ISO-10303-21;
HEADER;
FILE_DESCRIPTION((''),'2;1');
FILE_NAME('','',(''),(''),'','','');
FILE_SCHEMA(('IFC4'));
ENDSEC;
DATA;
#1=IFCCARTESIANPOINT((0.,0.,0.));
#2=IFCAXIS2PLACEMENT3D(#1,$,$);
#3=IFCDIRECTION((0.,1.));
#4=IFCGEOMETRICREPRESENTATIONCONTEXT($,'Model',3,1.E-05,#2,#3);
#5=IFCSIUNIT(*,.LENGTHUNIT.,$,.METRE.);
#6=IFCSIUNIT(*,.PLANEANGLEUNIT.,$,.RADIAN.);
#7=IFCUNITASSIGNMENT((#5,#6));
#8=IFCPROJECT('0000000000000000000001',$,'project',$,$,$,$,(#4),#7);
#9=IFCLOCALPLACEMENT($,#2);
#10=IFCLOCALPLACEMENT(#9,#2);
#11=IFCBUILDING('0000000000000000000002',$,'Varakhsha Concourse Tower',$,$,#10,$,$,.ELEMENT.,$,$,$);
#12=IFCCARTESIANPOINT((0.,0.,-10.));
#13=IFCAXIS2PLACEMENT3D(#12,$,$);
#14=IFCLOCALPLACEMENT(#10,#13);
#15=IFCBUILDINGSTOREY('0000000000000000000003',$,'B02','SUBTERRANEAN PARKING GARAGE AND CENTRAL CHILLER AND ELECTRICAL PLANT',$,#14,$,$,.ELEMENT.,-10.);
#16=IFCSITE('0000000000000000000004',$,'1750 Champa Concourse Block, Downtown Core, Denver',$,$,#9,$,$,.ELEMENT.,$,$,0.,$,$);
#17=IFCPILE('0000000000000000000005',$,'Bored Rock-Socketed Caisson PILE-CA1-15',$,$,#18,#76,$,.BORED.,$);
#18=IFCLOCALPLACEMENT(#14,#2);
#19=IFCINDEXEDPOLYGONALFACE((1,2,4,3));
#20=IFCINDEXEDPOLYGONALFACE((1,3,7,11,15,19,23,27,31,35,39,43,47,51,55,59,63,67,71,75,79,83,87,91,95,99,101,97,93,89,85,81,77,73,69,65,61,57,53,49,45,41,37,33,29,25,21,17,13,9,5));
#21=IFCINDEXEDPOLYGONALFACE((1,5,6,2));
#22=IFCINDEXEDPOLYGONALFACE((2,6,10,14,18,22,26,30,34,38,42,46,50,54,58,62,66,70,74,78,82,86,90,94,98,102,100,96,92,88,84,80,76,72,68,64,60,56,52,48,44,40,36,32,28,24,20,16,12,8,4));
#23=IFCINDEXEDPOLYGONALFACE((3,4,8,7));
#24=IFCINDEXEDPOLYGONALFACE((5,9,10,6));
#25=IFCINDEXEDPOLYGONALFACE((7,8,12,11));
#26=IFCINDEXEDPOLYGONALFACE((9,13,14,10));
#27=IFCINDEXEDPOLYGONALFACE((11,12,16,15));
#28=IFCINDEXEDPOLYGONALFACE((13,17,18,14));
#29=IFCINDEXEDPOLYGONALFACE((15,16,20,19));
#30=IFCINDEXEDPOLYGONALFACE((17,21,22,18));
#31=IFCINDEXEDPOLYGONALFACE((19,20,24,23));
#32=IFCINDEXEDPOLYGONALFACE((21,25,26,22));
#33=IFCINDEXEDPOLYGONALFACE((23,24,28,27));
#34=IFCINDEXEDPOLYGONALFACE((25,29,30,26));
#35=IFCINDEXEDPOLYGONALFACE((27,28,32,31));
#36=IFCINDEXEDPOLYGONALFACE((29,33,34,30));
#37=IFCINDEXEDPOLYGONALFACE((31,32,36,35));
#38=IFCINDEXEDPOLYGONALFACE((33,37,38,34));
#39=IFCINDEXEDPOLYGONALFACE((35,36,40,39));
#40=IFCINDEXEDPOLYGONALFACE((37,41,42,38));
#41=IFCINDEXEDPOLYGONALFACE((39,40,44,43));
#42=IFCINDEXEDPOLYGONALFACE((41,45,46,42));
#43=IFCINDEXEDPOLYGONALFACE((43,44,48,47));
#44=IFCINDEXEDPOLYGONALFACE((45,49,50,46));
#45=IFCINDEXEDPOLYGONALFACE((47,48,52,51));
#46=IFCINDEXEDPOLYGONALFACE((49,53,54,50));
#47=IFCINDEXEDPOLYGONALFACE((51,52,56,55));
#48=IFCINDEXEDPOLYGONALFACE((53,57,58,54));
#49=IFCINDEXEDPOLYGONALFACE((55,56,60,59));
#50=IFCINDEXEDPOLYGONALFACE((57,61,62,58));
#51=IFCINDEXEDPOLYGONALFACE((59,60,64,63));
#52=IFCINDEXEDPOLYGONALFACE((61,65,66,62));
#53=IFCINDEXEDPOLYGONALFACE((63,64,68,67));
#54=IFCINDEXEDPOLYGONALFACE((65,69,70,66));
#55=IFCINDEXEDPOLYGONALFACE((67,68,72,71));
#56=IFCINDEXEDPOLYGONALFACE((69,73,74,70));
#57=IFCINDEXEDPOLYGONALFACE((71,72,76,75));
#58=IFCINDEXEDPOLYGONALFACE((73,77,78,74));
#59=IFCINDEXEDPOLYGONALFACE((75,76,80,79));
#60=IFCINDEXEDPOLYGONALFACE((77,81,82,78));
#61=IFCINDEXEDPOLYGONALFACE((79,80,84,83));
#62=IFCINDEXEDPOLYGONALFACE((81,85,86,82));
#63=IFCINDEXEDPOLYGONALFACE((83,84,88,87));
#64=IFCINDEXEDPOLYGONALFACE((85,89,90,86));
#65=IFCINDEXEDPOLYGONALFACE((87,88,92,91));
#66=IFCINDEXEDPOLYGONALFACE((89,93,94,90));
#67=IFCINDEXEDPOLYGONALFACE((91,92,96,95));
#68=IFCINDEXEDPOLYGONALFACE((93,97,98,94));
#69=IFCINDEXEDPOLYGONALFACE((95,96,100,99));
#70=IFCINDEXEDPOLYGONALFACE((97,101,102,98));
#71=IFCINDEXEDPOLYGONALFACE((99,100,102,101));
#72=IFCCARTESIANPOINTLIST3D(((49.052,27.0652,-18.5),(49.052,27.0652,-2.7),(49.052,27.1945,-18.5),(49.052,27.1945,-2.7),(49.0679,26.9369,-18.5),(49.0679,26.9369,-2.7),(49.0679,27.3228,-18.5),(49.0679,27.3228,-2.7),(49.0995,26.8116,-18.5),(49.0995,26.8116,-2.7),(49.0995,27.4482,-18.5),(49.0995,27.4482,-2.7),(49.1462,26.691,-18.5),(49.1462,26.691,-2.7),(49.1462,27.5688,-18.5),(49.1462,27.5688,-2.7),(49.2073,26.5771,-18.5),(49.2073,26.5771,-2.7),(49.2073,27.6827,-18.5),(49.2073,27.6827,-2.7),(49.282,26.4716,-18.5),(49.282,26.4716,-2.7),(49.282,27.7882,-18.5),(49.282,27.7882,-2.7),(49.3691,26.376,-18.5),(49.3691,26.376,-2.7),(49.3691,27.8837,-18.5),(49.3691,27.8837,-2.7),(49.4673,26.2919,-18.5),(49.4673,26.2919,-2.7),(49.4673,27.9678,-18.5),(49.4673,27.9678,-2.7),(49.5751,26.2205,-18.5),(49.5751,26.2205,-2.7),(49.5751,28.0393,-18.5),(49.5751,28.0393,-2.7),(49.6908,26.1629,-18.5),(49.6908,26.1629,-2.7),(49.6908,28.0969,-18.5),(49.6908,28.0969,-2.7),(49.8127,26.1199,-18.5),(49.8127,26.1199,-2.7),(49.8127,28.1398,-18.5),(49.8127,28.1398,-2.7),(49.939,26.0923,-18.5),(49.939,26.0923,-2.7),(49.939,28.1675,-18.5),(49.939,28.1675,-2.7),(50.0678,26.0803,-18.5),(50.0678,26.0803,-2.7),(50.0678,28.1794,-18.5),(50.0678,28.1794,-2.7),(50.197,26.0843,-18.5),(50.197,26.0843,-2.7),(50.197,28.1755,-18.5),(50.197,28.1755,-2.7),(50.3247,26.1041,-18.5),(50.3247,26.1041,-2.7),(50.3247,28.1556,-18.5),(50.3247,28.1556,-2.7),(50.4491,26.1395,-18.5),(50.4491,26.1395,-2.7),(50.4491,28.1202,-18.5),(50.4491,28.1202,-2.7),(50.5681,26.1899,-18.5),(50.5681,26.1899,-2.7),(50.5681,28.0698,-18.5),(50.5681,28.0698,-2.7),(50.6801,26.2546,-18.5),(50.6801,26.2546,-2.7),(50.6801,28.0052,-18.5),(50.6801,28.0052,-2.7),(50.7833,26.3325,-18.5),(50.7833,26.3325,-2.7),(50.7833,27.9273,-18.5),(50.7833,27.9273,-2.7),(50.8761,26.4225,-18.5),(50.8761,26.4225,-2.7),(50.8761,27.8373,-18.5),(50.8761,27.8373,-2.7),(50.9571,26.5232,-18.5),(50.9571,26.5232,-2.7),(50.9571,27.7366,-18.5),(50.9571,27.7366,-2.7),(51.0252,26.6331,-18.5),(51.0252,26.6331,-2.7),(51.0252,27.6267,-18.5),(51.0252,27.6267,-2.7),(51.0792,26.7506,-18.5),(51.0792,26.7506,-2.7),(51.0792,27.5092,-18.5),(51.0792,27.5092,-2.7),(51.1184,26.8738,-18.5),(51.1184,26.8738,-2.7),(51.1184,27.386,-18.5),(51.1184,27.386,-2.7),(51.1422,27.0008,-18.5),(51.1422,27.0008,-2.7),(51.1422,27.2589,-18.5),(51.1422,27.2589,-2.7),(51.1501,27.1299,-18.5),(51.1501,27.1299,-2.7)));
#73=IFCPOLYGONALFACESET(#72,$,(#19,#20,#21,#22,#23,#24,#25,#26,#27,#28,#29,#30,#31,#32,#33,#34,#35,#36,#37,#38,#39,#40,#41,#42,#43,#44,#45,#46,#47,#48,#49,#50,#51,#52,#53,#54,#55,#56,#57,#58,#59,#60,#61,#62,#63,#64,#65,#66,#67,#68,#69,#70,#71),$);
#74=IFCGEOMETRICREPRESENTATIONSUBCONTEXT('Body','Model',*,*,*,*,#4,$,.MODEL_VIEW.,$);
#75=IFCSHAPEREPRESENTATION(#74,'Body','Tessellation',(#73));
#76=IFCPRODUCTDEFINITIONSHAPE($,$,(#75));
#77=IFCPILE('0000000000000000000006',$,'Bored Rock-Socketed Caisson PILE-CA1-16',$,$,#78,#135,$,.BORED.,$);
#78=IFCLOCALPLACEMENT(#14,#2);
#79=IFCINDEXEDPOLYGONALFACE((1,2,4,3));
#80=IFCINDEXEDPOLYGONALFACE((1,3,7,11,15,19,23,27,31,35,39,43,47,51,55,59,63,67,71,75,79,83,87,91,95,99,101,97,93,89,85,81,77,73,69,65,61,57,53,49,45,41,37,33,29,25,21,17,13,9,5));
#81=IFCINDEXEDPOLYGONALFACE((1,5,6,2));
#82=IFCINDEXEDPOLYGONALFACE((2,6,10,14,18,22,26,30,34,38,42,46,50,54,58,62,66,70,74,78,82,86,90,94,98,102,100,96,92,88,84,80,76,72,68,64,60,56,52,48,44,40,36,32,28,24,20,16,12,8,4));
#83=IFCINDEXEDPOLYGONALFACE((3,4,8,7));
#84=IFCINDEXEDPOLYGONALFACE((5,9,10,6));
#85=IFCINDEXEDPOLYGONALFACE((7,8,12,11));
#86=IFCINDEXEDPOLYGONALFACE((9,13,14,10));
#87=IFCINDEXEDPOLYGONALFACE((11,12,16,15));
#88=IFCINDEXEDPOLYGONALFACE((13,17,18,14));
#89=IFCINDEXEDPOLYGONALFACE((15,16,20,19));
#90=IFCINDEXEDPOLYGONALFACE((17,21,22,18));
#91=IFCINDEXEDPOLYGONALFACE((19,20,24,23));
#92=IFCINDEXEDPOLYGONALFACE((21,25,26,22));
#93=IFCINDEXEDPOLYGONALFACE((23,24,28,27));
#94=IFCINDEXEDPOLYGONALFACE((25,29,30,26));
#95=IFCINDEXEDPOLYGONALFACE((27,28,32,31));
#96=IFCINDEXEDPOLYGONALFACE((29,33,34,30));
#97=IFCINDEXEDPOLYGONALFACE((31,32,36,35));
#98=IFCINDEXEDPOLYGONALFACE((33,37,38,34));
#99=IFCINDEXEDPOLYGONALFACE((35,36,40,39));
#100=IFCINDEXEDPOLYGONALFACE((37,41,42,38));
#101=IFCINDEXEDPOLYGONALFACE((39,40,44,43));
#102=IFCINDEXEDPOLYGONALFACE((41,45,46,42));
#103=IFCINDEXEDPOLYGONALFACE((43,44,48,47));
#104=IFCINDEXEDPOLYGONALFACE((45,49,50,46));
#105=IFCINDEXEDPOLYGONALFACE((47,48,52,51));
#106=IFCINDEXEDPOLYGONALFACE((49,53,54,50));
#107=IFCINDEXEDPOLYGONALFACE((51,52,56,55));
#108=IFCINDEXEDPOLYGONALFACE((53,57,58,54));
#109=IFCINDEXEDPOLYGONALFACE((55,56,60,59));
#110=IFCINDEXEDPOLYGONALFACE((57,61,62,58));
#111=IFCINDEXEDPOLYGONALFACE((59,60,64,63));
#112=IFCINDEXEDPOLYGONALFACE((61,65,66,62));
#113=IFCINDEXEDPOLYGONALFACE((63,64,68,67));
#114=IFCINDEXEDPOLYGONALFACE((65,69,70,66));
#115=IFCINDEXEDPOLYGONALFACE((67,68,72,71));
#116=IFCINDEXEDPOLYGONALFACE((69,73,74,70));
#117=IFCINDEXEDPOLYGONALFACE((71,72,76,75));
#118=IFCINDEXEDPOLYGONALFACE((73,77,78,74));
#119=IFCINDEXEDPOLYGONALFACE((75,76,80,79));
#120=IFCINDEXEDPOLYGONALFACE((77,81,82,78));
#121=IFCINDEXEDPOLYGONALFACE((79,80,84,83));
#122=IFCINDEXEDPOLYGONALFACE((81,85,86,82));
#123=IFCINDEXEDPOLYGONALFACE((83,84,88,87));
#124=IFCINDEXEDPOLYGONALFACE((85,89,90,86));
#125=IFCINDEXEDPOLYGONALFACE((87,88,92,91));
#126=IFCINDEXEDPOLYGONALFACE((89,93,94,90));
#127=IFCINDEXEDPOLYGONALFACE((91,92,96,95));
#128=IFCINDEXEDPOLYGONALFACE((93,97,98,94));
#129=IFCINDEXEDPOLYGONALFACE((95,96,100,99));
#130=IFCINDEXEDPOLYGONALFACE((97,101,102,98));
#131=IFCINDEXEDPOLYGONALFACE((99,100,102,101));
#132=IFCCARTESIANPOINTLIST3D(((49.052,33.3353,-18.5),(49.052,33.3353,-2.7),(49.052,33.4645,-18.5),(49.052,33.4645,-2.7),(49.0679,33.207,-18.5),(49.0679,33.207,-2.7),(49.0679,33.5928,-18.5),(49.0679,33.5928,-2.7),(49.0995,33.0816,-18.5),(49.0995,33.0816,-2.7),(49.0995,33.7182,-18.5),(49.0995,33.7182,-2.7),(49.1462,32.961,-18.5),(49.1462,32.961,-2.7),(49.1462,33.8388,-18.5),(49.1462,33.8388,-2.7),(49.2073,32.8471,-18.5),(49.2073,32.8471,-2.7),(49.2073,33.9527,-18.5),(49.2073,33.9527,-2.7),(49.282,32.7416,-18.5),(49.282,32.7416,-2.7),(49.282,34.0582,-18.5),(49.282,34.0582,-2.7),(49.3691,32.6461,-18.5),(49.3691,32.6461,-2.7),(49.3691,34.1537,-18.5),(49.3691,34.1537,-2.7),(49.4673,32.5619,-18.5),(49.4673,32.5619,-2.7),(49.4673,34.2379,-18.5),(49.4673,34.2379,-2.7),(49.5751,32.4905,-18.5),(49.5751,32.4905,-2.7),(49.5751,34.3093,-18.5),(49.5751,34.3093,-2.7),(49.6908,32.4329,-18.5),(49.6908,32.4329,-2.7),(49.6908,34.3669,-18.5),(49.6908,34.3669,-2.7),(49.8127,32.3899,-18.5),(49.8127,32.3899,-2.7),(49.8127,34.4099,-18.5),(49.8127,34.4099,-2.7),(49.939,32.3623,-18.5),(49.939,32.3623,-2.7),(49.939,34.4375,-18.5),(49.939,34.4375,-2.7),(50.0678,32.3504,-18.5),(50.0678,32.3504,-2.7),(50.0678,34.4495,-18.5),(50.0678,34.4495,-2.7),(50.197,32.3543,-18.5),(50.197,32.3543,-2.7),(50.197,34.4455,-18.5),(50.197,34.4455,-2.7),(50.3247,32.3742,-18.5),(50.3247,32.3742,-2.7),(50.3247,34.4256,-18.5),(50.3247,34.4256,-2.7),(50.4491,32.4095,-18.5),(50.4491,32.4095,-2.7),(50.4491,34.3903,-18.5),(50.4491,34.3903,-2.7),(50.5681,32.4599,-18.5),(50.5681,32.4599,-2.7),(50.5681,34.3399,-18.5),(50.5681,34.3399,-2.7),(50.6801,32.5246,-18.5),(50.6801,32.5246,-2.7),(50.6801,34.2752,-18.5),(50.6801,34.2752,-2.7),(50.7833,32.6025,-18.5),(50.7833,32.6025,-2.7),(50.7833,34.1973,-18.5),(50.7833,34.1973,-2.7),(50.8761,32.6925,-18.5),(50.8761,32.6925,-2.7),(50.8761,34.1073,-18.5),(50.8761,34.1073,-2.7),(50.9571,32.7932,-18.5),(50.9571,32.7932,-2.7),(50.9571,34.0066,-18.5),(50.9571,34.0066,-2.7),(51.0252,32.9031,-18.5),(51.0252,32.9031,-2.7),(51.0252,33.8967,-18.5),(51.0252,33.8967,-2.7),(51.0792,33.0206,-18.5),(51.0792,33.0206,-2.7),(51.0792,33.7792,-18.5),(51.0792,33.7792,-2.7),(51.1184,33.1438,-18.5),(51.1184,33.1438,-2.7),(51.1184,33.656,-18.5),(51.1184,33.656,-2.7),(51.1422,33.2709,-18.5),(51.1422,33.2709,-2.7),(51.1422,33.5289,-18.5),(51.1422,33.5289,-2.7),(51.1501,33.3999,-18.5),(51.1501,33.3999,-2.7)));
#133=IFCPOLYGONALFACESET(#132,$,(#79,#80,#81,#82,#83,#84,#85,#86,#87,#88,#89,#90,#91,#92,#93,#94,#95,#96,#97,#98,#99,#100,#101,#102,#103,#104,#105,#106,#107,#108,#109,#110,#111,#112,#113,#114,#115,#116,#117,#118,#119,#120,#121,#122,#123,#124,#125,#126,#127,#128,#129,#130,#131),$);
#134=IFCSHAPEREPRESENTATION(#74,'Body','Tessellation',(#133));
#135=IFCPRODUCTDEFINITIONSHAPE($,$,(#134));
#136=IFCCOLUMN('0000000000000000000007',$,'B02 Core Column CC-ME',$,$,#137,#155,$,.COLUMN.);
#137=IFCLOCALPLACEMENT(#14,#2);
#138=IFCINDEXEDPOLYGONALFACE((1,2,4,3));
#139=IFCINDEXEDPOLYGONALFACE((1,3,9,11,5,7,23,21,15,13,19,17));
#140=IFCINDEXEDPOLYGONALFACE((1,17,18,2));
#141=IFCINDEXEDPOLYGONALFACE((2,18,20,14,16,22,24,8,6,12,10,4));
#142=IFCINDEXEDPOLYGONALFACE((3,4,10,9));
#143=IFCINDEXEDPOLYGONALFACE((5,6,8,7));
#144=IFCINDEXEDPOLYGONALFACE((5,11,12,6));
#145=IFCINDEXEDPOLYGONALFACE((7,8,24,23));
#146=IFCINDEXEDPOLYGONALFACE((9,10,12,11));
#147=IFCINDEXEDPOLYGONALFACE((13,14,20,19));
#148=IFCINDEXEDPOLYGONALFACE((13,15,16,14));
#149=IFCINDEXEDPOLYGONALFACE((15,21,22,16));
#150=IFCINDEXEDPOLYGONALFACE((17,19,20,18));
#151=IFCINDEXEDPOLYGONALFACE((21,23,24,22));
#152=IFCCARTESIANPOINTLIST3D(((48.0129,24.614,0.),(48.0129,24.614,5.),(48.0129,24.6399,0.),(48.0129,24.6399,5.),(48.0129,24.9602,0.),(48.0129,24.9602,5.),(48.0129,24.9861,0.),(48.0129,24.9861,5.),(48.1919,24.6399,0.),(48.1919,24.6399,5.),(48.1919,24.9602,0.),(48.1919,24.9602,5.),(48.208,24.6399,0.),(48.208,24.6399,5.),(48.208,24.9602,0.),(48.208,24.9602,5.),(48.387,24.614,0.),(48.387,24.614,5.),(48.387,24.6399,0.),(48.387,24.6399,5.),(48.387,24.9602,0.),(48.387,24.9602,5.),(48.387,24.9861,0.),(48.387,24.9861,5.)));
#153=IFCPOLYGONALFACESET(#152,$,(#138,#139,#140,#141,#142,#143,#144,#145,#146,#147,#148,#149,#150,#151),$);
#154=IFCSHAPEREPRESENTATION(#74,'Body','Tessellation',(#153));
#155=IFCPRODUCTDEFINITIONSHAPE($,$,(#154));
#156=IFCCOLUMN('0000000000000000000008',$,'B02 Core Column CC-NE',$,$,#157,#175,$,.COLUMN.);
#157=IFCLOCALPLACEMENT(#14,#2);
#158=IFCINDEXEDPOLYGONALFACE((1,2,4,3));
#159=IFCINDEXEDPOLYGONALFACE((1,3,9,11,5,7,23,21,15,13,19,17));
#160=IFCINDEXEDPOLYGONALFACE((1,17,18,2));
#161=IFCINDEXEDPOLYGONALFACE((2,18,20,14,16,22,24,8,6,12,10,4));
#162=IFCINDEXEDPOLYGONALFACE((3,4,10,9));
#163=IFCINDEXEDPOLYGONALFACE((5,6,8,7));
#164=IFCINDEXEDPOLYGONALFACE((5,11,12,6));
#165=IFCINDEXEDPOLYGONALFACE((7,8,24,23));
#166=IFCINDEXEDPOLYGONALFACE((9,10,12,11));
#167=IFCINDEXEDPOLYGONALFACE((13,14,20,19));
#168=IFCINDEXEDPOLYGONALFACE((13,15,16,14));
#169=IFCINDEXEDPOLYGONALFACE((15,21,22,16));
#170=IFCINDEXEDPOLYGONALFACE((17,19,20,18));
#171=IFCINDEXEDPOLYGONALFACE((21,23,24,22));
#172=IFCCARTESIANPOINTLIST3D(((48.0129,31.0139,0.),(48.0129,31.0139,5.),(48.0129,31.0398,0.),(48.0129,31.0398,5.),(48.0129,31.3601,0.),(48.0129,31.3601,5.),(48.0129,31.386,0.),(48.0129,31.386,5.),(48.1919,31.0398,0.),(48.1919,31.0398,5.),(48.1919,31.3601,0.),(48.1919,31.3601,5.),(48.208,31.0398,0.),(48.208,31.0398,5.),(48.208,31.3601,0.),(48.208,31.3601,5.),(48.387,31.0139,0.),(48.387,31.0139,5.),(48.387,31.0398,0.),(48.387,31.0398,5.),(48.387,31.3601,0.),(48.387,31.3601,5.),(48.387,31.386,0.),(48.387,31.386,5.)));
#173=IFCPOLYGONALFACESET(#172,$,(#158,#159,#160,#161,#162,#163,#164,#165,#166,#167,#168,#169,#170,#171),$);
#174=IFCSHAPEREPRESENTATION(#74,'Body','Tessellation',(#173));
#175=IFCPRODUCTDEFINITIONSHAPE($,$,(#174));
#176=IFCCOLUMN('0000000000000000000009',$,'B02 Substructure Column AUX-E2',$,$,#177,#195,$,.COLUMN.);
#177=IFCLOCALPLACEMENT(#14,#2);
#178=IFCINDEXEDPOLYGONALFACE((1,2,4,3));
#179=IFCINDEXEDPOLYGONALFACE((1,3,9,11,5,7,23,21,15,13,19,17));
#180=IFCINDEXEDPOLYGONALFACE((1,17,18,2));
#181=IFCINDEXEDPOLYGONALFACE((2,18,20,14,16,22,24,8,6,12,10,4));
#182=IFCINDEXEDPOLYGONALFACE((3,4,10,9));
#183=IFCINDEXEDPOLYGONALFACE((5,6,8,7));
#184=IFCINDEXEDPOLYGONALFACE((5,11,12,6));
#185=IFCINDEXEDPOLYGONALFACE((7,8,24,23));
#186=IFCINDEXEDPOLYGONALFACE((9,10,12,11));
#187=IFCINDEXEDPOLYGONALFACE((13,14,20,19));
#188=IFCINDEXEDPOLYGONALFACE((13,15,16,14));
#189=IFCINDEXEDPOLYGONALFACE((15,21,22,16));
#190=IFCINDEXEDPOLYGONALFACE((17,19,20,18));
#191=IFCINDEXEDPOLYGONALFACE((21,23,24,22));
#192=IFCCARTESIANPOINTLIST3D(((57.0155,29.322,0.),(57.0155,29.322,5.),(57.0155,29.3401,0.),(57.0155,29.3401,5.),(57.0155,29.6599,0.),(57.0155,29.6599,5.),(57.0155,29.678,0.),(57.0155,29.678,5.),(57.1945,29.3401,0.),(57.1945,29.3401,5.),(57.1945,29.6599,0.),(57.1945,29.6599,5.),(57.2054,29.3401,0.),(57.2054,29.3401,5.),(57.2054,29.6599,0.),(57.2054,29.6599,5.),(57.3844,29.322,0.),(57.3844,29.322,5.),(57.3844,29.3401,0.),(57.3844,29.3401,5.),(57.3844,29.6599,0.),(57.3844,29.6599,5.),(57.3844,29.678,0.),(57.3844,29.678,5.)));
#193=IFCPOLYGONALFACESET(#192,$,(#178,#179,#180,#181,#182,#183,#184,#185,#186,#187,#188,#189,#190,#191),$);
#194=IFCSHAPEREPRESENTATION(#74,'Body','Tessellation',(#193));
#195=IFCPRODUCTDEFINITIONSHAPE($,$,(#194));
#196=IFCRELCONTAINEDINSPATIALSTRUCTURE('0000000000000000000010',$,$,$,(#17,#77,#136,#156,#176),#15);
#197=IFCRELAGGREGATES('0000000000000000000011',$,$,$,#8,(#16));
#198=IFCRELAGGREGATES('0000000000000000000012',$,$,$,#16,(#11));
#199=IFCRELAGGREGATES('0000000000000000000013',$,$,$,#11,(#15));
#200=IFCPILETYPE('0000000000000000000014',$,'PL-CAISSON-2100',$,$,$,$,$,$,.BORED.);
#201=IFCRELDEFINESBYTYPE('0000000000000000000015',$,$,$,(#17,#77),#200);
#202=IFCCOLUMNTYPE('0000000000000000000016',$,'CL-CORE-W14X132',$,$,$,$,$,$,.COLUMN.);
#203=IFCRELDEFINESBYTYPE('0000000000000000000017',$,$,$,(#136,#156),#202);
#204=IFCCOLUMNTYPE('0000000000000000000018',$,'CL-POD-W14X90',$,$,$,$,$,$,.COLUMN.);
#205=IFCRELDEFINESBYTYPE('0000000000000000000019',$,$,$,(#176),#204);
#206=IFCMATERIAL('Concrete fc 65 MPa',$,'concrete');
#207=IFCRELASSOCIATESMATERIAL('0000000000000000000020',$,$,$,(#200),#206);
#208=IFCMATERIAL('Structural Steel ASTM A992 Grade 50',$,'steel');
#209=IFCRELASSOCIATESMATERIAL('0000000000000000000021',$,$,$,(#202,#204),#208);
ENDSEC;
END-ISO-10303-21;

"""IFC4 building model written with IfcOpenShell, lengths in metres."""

from ifc_helpers import new_model, si_unit, direction, frame, origin, origin_2d, place, context, subcontext, project, spatial, circle, i_section, extrude, material, material_profile, profile_set, type_object, element, save


model = new_model("IFC4")

# Units and contexts
model_context = context("Model", 3, precision=1e-05, world=origin(), true_north=direction((0.0, 1.0)))
body_context = subcontext(model_context, "Body", "Model", "MODEL_VIEW")
ifc_project = project(units=[si_unit("LENGTHUNIT", "METRE"), si_unit("PLANEANGLEUNIT", "RADIAN")], contexts=[model_context])

# Site, building, storey
site_placement = place(None, origin())
site = spatial("IfcSite", under=ifc_project, at=site_placement, Name="1750 Champa Concourse Block, Downtown Core, Denver", CompositionType="ELEMENT", RefElevation=0.0)
building_placement = place(site_placement, origin())
building = spatial("IfcBuilding", under=site, at=building_placement, Name="Varakhsha Concourse Tower", CompositionType="ELEMENT")
storey_placement = place(building_placement, frame((0.0, 0.0, -10.0)))
storey = spatial("IfcBuildingStorey", under=building, at=storey_placement, Name="B02", Description="SUBTERRANEAN PARKING GARAGE AND CENTRAL CHILLER AND ELECTRICAL PLANT", CompositionType="ELEMENT", Elevation=-10.0)

# Piles
ifc_material_1 = material(Name="Concrete fc 65 MPa", Category="concrete")
ifc_material_profile_1 = material_profile(ifc_material_1, circle(Radius=1.05, at=origin_2d()), Name="CAISSON D2100")
ifc_profile_set_1 = profile_set([ifc_material_profile_1], Name="Concrete fc 65 MPa")
pile_type_1 = type_object("IfcPileType", Name="PL-CAISSON-2100", PredefinedType="BORED", material=ifc_profile_set_1)
for number, where, z_axis, x_axis, name in (
    (1, (50.1001, 27.1299, -2.7), (0.0, 0.0, -1.0), (1.0, 0.0, 0.0), "Bored Rock-Socketed Caisson PILE-CA1-15"),
    (2, (50.1001, 33.3999, -2.7), (0.0, 0.0, -1.0), (1.0, 0.0, 0.0), "Bored Rock-Socketed Caisson PILE-CA1-16"),
):
    element("IfcPile", number, at=place(storey_placement, frame(where, z_axis=z_axis, x_axis=x_axis)), inside=storey, type_object=pile_type_1, Name=name, PredefinedType="BORED", context=body_context, shape_type="SweptSolid", body=[
        extrude(circle(Radius=1.05, at=origin_2d()), origin(), (0.0, 0.0, 1.0), 15.8),
    ])

# Columns
ifc_material_2 = material(Name="Structural Steel ASTM A992 Grade 50", Category="steel")
ifc_material_profile_2 = material_profile(ifc_material_2, i_section(OverallWidth=0.374, OverallDepth=0.3721, WebThickness=0.0161, FlangeThickness=0.0259, at=origin_2d()), Name="W14X132")
ifc_profile_set_2 = profile_set([ifc_material_profile_2], Name="Structural Steel ASTM A992 Grade 50")
column_type_1 = type_object("IfcColumnType", Name="CL-CORE-W14X132", PredefinedType="COLUMN", material=ifc_profile_set_2)
for number, where, z_axis, x_axis, name in (
    (3, (48.2, 24.8, 0.0), (0.0, 0.0, 1.0), (1.0, 0.0, 0.0), "B02 Core Column CC-ME"),
    (4, (48.2, 31.2, 0.0), (0.0, 0.0, 1.0), (1.0, 0.0, 0.0), "B02 Core Column CC-NE"),
):
    element("IfcColumn", number, at=place(storey_placement, frame(where, z_axis=z_axis, x_axis=x_axis)), inside=storey, type_object=column_type_1, Name=name, PredefinedType="COLUMN", context=body_context, shape_type="SweptSolid", body=[
        extrude(i_section(OverallWidth=0.374, OverallDepth=0.3721, WebThickness=0.0161, FlangeThickness=0.0259, at=origin_2d()), origin(), (0.0, 0.0, 1.0), 5.0),
    ])
ifc_material_profile_3 = material_profile(ifc_material_2, i_section(OverallWidth=0.3689, OverallDepth=0.356, WebThickness=0.011, FlangeThickness=0.0181, at=origin_2d()), Name="W14X90")
ifc_profile_set_3 = profile_set([ifc_material_profile_3], Name="Structural Steel ASTM A992 Grade 50")
column_type_2 = type_object("IfcColumnType", Name="CL-POD-W14X90", PredefinedType="COLUMN", material=ifc_profile_set_3)
for number, where, z_axis, x_axis, name in (
    (5, (57.2, 29.5, 0.0), (0.0, 0.0, 1.0), (1.0, 0.0, 0.0), "B02 Substructure Column AUX-E2"),
):
    element("IfcColumn", number, at=place(storey_placement, frame(where, z_axis=z_axis, x_axis=x_axis)), inside=storey, type_object=column_type_2, Name=name, PredefinedType="COLUMN", context=body_context, shape_type="SweptSolid", body=[
        extrude(i_section(OverallWidth=0.3689, OverallDepth=0.356, WebThickness=0.011, FlangeThickness=0.0181, at=origin_2d()), origin(), (0.0, 0.0, 1.0), 5.0),
    ])

save(model, "model.ifc")
